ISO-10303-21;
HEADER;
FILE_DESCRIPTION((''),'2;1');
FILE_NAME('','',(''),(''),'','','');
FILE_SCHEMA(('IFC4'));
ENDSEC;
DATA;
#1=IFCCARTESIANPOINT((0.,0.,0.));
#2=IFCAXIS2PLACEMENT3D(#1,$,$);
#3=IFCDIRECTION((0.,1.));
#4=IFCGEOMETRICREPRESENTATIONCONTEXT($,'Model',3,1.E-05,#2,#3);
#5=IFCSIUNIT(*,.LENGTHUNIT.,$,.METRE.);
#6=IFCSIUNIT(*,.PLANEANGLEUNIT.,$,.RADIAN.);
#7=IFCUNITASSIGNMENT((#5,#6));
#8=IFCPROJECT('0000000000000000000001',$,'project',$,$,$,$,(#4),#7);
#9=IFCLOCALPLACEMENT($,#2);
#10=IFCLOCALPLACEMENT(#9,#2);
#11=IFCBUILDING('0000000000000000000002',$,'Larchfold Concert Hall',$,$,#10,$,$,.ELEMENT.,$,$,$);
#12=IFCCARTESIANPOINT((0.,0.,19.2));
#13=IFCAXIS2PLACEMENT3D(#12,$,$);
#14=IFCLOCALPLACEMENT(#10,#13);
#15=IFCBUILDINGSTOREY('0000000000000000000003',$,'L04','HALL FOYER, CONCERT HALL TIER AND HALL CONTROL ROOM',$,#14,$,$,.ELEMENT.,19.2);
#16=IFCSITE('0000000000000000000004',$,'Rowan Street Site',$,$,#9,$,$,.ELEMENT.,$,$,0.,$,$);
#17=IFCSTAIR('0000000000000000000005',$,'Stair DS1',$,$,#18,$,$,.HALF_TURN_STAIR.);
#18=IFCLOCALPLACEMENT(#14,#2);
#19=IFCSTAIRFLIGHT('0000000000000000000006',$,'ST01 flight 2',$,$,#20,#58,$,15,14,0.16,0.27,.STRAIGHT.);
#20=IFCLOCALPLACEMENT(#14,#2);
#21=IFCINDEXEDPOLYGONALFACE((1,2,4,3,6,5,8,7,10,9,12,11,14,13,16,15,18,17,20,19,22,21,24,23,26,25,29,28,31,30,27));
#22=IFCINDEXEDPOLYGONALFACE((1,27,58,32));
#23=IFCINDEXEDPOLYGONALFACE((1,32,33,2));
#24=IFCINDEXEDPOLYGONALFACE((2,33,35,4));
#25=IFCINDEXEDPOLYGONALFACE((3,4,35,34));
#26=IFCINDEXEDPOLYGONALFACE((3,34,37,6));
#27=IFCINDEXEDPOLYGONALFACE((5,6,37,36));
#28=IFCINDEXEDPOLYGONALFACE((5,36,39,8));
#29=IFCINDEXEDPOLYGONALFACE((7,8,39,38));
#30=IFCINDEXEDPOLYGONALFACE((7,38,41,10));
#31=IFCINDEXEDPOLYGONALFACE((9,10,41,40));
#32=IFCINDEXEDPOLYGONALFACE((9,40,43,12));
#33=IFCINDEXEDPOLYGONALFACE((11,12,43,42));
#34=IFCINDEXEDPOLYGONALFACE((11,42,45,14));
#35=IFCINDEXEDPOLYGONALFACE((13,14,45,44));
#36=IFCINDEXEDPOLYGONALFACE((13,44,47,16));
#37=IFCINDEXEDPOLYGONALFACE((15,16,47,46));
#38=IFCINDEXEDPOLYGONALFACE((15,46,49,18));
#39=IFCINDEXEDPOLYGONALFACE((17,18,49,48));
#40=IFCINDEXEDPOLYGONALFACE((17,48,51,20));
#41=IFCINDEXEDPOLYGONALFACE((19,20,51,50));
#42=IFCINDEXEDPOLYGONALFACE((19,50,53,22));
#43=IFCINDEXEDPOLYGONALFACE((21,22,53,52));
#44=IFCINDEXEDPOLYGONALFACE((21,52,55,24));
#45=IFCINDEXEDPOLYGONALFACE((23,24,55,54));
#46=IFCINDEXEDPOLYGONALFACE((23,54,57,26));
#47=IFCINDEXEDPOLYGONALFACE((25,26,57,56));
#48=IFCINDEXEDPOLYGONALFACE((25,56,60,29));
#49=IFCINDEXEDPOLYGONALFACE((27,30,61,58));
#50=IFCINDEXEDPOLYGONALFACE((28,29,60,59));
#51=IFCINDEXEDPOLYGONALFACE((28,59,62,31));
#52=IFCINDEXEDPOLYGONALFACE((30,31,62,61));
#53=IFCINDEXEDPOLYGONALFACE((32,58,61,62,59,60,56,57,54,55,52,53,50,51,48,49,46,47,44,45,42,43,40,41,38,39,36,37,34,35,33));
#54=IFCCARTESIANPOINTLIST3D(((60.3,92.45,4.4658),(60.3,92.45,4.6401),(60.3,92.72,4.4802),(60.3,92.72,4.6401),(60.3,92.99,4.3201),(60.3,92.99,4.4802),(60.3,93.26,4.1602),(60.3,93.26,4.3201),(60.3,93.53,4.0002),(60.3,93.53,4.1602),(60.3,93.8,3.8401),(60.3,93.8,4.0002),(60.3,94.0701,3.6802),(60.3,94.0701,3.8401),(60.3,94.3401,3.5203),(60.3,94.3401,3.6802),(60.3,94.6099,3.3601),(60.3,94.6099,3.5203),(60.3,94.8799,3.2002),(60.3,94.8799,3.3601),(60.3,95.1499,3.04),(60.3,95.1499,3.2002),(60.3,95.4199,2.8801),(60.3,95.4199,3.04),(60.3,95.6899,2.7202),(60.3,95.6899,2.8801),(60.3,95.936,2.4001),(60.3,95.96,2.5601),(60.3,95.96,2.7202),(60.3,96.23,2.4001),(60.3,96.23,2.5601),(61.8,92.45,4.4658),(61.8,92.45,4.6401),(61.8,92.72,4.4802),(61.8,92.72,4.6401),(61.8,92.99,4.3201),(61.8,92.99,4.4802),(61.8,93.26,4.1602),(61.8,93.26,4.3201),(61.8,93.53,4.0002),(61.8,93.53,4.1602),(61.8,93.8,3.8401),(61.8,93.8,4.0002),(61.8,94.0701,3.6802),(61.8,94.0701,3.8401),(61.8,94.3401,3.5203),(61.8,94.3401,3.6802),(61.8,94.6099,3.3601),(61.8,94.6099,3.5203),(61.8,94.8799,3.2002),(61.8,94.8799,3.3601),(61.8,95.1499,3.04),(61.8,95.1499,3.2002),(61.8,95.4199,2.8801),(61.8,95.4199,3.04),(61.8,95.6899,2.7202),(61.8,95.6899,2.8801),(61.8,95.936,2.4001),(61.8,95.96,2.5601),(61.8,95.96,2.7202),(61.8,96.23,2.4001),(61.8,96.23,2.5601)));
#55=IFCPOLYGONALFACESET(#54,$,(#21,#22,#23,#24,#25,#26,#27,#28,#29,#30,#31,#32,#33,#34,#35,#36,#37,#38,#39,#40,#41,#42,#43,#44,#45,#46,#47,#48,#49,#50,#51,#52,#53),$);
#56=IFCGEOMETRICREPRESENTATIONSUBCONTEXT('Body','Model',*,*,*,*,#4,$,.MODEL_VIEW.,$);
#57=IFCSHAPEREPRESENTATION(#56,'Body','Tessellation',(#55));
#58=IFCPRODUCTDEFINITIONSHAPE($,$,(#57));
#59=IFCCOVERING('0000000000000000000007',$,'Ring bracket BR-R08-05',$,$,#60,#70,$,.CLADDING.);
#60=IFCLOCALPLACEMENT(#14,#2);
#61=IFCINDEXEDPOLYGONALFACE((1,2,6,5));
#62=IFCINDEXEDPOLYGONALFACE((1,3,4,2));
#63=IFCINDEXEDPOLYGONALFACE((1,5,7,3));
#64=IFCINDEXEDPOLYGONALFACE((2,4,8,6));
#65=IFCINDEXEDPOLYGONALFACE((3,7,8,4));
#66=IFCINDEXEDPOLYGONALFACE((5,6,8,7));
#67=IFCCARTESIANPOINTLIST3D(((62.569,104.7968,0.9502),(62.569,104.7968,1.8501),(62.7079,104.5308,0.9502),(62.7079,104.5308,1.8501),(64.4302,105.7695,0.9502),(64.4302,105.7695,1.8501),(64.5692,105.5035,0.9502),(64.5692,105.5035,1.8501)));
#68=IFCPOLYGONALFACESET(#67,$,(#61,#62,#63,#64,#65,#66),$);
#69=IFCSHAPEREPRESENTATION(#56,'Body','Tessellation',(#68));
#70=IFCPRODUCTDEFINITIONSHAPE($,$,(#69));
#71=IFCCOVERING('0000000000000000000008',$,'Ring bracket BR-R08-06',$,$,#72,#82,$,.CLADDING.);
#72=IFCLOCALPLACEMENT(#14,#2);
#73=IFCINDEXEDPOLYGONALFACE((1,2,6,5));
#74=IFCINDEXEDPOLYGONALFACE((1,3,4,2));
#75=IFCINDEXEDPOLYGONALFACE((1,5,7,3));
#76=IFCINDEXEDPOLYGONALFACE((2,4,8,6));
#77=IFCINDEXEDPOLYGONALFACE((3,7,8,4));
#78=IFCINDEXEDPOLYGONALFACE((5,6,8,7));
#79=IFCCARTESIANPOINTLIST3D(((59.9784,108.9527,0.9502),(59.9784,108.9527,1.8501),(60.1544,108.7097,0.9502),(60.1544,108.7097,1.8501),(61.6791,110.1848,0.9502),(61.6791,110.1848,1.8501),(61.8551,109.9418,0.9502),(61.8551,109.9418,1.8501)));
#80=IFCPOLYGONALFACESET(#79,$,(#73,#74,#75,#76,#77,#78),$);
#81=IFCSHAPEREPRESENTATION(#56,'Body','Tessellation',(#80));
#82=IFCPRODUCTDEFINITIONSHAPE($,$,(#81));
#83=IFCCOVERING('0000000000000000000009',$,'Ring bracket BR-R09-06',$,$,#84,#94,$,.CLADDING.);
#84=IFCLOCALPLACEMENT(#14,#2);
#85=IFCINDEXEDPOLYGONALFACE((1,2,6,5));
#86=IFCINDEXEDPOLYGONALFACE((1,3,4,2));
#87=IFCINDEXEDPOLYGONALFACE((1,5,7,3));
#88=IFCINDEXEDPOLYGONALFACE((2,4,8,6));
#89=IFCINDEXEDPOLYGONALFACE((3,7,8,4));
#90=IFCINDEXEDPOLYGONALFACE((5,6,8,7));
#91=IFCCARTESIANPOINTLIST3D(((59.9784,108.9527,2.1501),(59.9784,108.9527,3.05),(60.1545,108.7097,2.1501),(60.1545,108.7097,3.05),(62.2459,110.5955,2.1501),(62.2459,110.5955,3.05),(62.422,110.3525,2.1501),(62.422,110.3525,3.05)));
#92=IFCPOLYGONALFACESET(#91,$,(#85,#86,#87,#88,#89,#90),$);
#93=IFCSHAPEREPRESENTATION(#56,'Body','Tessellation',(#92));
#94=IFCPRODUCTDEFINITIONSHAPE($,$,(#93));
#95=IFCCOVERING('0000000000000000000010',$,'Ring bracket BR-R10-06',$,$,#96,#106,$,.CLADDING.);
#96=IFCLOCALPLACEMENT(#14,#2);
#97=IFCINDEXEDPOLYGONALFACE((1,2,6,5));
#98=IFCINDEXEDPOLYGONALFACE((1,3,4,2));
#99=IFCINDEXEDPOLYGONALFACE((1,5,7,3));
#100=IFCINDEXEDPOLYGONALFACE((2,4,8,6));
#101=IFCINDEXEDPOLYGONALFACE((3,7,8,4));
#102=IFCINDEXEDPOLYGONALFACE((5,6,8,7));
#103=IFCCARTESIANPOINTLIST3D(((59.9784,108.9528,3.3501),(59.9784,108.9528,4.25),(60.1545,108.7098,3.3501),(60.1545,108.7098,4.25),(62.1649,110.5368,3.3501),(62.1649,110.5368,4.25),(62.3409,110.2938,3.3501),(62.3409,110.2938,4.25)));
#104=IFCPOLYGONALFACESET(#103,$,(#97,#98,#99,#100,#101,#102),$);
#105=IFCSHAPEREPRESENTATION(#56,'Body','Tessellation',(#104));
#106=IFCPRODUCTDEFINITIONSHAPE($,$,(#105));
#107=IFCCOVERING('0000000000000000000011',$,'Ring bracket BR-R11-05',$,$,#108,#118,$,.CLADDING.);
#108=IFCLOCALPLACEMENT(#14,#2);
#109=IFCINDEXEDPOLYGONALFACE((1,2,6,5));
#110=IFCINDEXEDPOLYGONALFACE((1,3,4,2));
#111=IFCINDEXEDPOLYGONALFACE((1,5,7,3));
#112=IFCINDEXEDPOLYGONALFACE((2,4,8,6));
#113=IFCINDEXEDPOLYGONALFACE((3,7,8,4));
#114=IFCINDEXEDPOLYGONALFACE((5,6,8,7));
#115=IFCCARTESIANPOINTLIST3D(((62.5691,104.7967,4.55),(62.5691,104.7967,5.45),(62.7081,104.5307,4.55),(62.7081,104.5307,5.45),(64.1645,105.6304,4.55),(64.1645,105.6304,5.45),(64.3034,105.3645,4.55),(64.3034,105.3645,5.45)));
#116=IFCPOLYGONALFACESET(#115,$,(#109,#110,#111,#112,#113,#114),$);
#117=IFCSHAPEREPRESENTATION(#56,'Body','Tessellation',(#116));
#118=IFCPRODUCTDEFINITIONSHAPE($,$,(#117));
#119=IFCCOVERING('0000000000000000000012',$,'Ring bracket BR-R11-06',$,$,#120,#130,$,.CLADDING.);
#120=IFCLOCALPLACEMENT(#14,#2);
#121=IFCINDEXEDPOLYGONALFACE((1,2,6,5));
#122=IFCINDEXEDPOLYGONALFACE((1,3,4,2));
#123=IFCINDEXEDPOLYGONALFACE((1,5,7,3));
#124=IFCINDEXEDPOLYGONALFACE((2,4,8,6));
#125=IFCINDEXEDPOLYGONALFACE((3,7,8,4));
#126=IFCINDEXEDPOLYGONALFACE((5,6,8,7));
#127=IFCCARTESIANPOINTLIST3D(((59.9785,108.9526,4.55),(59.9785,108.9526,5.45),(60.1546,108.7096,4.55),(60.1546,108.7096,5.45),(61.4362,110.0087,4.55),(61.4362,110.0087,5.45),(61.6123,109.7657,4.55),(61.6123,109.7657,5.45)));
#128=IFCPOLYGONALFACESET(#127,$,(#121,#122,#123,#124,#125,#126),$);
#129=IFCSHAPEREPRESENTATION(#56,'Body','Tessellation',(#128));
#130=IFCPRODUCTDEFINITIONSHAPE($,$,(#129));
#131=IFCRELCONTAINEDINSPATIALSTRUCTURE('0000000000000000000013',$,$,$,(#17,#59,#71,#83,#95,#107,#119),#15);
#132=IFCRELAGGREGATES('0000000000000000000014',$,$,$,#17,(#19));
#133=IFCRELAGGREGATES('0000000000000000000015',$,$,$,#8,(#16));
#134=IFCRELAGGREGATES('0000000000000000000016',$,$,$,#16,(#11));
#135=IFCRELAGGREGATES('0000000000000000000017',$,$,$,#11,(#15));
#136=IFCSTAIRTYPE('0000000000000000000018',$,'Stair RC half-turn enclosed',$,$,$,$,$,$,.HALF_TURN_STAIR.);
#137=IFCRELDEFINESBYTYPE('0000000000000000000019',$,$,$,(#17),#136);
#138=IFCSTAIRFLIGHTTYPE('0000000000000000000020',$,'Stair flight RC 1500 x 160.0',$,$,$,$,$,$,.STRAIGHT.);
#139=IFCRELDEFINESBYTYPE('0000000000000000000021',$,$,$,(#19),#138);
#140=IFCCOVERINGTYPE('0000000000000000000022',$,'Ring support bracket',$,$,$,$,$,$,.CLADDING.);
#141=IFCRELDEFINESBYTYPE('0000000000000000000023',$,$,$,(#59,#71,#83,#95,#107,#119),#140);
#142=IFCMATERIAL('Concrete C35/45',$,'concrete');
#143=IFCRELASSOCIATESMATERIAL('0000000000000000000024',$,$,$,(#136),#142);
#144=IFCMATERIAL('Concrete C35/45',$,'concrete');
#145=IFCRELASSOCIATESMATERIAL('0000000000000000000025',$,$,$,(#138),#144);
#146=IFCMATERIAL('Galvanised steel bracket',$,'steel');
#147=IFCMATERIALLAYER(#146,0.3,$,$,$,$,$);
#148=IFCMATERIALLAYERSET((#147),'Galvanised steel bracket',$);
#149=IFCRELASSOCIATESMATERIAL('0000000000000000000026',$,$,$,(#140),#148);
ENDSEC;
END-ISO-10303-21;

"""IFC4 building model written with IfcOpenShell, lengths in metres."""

from ifc_helpers import new_model, si_unit, direction, frame, origin, origin_2d, place, context, subcontext, project, spatial, polyline, rectangle, outline, extrude, material, layer, layer_set, type_object, element, aggregate, save


model = new_model("IFC4")

# Units and contexts
model_context = context("Model", 3, precision=1e-05, world=origin(), true_north=direction((0.0, 1.0)))
body_context = subcontext(model_context, "Body", "Model", "MODEL_VIEW")
ifc_project = project(units=[si_unit("LENGTHUNIT", "METRE"), si_unit("PLANEANGLEUNIT", "RADIAN")], contexts=[model_context])

# Site, building, storey
site_placement = place(None, origin())
site = spatial("IfcSite", under=ifc_project, at=site_placement, Name="Rowan Street Site", CompositionType="ELEMENT", RefElevation=0.0)
building_placement = place(site_placement, origin())
building = spatial("IfcBuilding", under=site, at=building_placement, Name="Larchfold Concert Hall", CompositionType="ELEMENT")
storey_placement = place(building_placement, frame((0.0, 0.0, 19.2)))
storey = spatial("IfcBuildingStorey", under=building, at=storey_placement, Name="L04", Description="HALL FOYER, CONCERT HALL TIER AND HALL CONTROL ROOM", CompositionType="ELEMENT", Elevation=19.2)

# Stair, stair flight
ifc_material_1 = material(Name="Concrete C35/45", Category="concrete")
stair_type = type_object("IfcStairType", Name="Stair RC half-turn enclosed", PredefinedType="HALF_TURN_STAIR", material=ifc_material_1)
stair_placement = place(storey_placement, origin())
stair = element("IfcStair", 1, at=stair_placement, inside=storey, type_object=stair_type, Name="Stair DS1", PredefinedType="HALF_TURN_STAIR")
ifc_material_2 = material(Name="Concrete C35/45", Category="concrete")
stair_flight_type = type_object("IfcStairFlightType", Name="Stair flight RC 1500 x 160.0", PredefinedType="STRAIGHT", material=ifc_material_2)
stair_flight_1_placement = place(storey_placement, frame((61.05, 96.23, 2.4001), z_axis=(0.0, 0.0, 1.0), x_axis=(0.0, -1.0, 0.0)))
stair_flight_1 = element("IfcStairFlight", 2, at=stair_flight_1_placement, type_object=stair_flight_type, Name="ST01 flight 2", NumberOfRisers=15, NumberOfTreads=14, PredefinedType="STRAIGHT", RiserHeight=0.16, TreadLength=0.27, context=body_context, shape_type="SweptSolid", body=[
    extrude(outline(polyline([(0.0, 0.0), (0.0, 0.1599), (0.27, 0.1599), (0.27, 0.3201), (0.54, 0.3201), (0.54, 0.48), (0.8101, 0.48), (0.8101, 0.6399), (1.0801, 0.6399), (1.0801, 0.8), (1.3501, 0.8), (1.3501, 0.96), (1.6201, 0.96), (1.6201, 1.1201), (1.8899, 1.1201), (1.8899, 1.28), (2.1599, 1.28), (2.1599, 1.4399), (2.4299, 1.4399), (2.4299, 1.6001), (2.7, 1.6001), (2.7, 1.76), (2.97, 1.76), (2.97, 1.9199), (3.24, 1.9199), (3.24, 2.0801), (3.51, 2.0801), (3.51, 2.24), (3.78, 2.24), (3.78, 2.3999), (3.78, 2.0657), (0.2939, 0.0), (0.0, 0.0)])), frame((0.0, 0.75, 0.0), z_axis=(0.0, -1.0, 0.0), x_axis=(1.0, 0.0, 0.0)), (0.0, 0.0, 1.0), 1.5),
])
aggregate(stair, [stair_flight_1])

# Coverings
ifc_material_3 = material(Name="Galvanised steel bracket", Category="steel")
ifc_layer_1 = layer(ifc_material_3, 0.3)
ifc_layer_set_1 = layer_set([ifc_layer_1], Name="Galvanised steel bracket")
covering_type = type_object("IfcCoveringType", Name="Ring support bracket", PredefinedType="CLADDING", material=ifc_layer_set_1)
for number, where, z_axis, x_axis, name in (
    (3, (63.5691, 105.1501, 0.9502), (0.0, 0.0, 1.0), (0.886274, 0.463162, 0.0), "Ring bracket BR-R08-05"),
    (4, (60.9167, 109.4473, 0.9502), (0.0, 0.0, 1.0), (0.809815, 0.586685, 0.0), "Ring bracket BR-R08-06"),
):
    element("IfcCovering", number, at=place(storey_placement, frame(where, z_axis=z_axis, x_axis=x_axis)), inside=storey, type_object=covering_type, Name=name, PredefinedType="CLADDING", context=body_context, shape_type="SweptSolid", body=[
        extrude(rectangle(XDim=2.1001, YDim=0.3, at=origin_2d()), origin(), (0.0, 0.0, 1.0), 0.8999),
    ])
covering_1_placement = place(storey_placement, frame((61.2002, 109.6526, 2.1501), z_axis=(0.0, 0.0, 1.0), x_axis=(0.809815, 0.586685, 0.0)))
element("IfcCovering", 5, at=covering_1_placement, inside=storey, type_object=covering_type, Name="Ring bracket BR-R09-06", PredefinedType="CLADDING", context=body_context, shape_type="SweptSolid", body=[
    extrude(rectangle(XDim=2.8, YDim=0.3, at=origin_2d()), origin(), (0.0, 0.0, 1.0), 0.8999),
])
covering_2_placement = place(storey_placement, frame((61.1597, 109.6233, 3.3501), z_axis=(0.0, 0.0, 1.0), x_axis=(0.809815, 0.586685, 0.0)))
element("IfcCovering", 6, at=covering_2_placement, inside=storey, type_object=covering_type, Name="Ring bracket BR-R10-06", PredefinedType="CLADDING", context=body_context, shape_type="SweptSolid", body=[
    extrude(rectangle(XDim=2.7, YDim=0.3, at=origin_2d()), origin(), (0.0, 0.0, 1.0), 0.8999),
])
for number, where, z_axis, x_axis, name in (
    (7, (63.4363, 105.0806, 4.55), (0.0, 0.0, 1.0), (0.886274, 0.463162, 0.0), "Ring bracket BR-R11-05"),
    (8, (60.7954, 109.3591, 4.55), (0.0, 0.0, 1.0), (0.809815, 0.586685, 0.0), "Ring bracket BR-R11-06"),
):
    element("IfcCovering", number, at=place(storey_placement, frame(where, z_axis=z_axis, x_axis=x_axis)), inside=storey, type_object=covering_type, Name=name, PredefinedType="CLADDING", context=body_context, shape_type="SweptSolid", body=[
        extrude(rectangle(XDim=1.8, YDim=0.3, at=origin_2d()), origin(), (0.0, 0.0, 1.0), 0.8999),
    ])

save(model, "model.ifc")
